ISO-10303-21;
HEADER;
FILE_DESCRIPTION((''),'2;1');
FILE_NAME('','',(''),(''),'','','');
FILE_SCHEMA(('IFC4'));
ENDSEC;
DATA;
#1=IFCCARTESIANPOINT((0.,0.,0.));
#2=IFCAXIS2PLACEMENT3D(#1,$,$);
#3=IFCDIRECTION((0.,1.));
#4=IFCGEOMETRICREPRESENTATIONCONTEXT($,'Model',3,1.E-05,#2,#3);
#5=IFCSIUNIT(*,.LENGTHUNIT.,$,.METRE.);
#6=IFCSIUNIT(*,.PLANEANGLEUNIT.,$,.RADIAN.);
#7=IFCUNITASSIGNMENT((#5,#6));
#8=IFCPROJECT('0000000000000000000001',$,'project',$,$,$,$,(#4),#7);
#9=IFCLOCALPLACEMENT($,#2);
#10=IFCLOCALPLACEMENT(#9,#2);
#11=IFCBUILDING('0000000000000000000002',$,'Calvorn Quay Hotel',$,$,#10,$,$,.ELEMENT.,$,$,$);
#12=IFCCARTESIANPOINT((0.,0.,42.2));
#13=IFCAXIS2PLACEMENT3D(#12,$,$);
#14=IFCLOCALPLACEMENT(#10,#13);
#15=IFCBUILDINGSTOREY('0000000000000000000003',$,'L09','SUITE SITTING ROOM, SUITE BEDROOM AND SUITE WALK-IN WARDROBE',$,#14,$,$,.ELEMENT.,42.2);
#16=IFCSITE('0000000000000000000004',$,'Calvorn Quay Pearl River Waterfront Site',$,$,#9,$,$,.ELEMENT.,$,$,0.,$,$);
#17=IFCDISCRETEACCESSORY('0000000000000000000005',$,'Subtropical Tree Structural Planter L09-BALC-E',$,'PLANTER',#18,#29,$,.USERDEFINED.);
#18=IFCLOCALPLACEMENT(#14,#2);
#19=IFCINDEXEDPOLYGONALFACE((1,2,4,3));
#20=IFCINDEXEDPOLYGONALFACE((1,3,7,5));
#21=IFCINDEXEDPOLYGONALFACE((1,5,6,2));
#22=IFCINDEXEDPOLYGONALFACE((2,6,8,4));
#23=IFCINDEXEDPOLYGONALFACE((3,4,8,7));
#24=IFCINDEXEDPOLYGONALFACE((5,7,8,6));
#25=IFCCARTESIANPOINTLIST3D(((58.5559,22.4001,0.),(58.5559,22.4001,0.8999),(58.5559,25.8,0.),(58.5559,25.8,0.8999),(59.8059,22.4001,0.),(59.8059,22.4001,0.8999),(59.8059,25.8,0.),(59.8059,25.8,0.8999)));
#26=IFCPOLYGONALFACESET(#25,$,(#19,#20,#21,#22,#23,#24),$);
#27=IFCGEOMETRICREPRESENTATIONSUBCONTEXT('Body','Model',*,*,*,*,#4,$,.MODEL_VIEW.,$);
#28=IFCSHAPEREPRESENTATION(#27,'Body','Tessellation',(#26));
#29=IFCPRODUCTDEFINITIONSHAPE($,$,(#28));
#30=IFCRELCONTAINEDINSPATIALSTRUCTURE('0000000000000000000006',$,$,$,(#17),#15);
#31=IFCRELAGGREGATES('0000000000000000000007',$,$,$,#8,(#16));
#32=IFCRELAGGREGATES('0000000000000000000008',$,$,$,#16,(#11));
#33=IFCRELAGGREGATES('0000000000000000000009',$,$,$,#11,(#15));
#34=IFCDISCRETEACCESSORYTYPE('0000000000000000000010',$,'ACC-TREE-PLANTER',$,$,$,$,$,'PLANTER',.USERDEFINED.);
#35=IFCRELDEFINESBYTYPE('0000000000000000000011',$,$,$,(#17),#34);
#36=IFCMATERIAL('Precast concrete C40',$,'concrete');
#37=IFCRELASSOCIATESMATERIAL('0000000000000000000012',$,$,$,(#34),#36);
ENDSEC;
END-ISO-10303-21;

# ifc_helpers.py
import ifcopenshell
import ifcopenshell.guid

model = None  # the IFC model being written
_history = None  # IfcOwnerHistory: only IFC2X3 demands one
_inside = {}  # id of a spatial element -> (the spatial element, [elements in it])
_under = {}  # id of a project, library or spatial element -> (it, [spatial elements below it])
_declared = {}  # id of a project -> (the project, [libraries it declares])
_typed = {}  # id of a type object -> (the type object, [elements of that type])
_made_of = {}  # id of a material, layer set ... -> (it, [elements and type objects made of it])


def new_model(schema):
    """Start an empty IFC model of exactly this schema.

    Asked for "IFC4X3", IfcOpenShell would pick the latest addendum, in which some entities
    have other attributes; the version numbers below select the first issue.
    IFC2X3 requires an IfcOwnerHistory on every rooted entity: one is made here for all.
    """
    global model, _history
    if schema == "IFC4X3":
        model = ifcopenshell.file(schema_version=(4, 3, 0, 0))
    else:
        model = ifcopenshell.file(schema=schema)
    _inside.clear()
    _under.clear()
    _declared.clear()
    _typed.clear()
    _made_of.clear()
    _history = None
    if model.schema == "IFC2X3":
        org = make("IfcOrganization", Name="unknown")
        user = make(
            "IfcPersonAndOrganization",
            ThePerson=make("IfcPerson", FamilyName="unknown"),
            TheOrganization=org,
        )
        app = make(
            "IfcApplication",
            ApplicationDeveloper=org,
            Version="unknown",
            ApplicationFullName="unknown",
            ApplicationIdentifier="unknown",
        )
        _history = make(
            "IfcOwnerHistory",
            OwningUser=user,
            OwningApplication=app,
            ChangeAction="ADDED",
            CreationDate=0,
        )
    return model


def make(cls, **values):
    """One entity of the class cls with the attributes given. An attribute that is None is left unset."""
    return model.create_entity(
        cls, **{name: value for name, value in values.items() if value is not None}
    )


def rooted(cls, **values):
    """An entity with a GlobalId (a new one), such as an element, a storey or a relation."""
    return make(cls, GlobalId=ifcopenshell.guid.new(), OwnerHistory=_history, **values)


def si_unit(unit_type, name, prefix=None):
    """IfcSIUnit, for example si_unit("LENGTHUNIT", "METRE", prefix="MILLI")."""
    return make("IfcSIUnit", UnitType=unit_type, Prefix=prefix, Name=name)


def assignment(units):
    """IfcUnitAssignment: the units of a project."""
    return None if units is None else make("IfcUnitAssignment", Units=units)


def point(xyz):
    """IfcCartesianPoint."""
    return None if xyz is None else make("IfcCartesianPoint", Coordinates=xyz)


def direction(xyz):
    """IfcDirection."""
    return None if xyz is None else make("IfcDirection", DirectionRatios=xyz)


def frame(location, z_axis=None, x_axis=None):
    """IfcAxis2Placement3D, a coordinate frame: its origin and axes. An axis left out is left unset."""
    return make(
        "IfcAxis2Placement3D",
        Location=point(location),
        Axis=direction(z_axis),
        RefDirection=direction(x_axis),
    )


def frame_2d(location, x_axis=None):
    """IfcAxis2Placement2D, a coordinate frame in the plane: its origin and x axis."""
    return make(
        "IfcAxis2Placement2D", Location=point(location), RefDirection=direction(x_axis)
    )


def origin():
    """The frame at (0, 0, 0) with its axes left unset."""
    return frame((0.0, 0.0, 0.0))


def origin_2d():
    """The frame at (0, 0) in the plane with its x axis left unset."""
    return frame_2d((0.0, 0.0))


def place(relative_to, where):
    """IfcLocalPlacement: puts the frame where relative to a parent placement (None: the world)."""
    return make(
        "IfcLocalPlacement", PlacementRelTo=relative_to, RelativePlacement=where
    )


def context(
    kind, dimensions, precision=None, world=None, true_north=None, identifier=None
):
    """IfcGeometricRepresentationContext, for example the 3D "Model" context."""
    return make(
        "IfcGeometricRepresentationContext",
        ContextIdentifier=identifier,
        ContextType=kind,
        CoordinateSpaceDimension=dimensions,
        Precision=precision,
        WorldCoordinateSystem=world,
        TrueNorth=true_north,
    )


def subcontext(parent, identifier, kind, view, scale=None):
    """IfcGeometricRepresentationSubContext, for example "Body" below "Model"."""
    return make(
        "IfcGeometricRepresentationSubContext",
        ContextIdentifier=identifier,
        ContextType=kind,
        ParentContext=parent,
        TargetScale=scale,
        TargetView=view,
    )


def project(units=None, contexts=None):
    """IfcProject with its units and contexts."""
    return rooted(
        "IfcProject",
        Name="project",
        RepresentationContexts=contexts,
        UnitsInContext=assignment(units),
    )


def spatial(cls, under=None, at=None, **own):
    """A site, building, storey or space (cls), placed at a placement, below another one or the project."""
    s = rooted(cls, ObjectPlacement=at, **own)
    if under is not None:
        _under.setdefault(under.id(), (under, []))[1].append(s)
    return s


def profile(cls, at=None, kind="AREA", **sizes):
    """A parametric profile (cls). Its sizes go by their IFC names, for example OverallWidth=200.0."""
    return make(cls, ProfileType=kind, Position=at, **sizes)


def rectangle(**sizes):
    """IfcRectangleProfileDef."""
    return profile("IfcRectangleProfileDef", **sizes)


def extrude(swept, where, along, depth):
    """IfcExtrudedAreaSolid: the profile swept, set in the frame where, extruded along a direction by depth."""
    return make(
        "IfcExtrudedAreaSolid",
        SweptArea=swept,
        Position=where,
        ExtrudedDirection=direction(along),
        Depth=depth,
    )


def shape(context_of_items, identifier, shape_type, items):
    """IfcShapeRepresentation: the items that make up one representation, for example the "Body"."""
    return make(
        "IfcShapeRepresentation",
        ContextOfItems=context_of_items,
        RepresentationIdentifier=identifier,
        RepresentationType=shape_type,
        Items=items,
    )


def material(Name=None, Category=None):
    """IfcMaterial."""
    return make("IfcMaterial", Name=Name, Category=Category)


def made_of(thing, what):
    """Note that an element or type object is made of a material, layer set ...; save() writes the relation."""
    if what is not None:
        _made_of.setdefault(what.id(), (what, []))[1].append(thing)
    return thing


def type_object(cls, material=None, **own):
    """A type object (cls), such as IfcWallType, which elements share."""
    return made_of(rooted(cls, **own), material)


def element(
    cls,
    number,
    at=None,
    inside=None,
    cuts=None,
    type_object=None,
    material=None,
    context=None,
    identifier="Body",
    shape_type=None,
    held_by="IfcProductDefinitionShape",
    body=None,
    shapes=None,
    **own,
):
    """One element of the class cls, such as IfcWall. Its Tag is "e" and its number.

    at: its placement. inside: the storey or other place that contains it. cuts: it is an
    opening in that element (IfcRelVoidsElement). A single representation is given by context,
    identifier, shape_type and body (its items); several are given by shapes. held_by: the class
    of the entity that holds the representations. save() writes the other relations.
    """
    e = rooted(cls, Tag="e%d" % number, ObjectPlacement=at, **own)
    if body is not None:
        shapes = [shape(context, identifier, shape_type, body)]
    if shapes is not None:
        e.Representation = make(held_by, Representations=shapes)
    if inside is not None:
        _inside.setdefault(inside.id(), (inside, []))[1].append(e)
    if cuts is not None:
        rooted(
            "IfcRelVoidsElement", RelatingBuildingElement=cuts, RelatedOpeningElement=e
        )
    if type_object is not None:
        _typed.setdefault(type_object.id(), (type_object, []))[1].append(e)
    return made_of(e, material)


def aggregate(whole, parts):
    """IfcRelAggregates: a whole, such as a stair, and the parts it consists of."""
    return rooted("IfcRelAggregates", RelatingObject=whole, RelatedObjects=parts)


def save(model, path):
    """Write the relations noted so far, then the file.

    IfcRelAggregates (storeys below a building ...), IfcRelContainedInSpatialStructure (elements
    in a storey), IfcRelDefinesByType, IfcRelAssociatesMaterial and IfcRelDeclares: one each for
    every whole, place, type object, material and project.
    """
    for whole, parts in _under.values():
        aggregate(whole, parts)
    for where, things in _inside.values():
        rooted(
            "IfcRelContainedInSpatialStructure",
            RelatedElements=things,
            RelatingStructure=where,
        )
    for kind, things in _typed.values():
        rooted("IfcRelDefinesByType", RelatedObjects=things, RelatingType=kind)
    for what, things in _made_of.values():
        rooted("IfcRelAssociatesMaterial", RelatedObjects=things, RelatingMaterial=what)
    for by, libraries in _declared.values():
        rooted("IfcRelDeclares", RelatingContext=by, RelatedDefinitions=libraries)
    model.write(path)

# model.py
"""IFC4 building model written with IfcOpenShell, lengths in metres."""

from ifc_helpers import new_model, si_unit, direction, frame, origin, origin_2d, place, context, subcontext, project, spatial, rectangle, extrude, material, type_object, element, save


model = new_model("IFC4")

# Units and contexts
model_context = context("Model", 3, precision=1e-05, world=origin(), true_north=direction((0.0, 1.0)))
body_context = subcontext(model_context, "Body", "Model", "MODEL_VIEW")
ifc_project = project(units=[si_unit("LENGTHUNIT", "METRE"), si_unit("PLANEANGLEUNIT", "RADIAN")], contexts=[model_context])

# Site, building, storey
site_placement = place(None, origin())
site = spatial("IfcSite", under=ifc_project, at=site_placement, Name="Calvorn Quay Pearl River Waterfront Site", CompositionType="ELEMENT", RefElevation=0.0)
building_placement = place(site_placement, origin())
building = spatial("IfcBuilding", under=site, at=building_placement, Name="Calvorn Quay Hotel", CompositionType="ELEMENT")
storey_placement = place(building_placement, frame((0.0, 0.0, 42.2)))
storey = spatial("IfcBuildingStorey", under=building, at=storey_placement, Name="L09", Description="SUITE SITTING ROOM, SUITE BEDROOM AND SUITE WALK-IN WARDROBE", CompositionType="ELEMENT", Elevation=42.2)

# Discrete accessory
ifc_material_1 = material(Name="Precast concrete C40", Category="concrete")
discrete_accessory_type = type_object("IfcDiscreteAccessoryType", Name="ACC-TREE-PLANTER", ElementType="PLANTER", PredefinedType="USERDEFINED", material=ifc_material_1)
discrete_accessory_placement = place(storey_placement, frame((59.1809, 24.1001, 0.0), z_axis=(0.0, 0.0, 1.0), x_axis=(1.0, 0.0, 0.0)))
element("IfcDiscreteAccessory", 1, at=discrete_accessory_placement, inside=storey, type_object=discrete_accessory_type, Name="Subtropical Tree Structural Planter L09-BALC-E", ObjectType="PLANTER", PredefinedType="USERDEFINED", context=body_context, shape_type="SweptSolid", body=[
    extrude(rectangle(XDim=1.25, YDim=3.3999, at=origin_2d()), origin(), (0.0, 0.0, 1.0), 0.8999),
])

save(model, "model.ifc")
